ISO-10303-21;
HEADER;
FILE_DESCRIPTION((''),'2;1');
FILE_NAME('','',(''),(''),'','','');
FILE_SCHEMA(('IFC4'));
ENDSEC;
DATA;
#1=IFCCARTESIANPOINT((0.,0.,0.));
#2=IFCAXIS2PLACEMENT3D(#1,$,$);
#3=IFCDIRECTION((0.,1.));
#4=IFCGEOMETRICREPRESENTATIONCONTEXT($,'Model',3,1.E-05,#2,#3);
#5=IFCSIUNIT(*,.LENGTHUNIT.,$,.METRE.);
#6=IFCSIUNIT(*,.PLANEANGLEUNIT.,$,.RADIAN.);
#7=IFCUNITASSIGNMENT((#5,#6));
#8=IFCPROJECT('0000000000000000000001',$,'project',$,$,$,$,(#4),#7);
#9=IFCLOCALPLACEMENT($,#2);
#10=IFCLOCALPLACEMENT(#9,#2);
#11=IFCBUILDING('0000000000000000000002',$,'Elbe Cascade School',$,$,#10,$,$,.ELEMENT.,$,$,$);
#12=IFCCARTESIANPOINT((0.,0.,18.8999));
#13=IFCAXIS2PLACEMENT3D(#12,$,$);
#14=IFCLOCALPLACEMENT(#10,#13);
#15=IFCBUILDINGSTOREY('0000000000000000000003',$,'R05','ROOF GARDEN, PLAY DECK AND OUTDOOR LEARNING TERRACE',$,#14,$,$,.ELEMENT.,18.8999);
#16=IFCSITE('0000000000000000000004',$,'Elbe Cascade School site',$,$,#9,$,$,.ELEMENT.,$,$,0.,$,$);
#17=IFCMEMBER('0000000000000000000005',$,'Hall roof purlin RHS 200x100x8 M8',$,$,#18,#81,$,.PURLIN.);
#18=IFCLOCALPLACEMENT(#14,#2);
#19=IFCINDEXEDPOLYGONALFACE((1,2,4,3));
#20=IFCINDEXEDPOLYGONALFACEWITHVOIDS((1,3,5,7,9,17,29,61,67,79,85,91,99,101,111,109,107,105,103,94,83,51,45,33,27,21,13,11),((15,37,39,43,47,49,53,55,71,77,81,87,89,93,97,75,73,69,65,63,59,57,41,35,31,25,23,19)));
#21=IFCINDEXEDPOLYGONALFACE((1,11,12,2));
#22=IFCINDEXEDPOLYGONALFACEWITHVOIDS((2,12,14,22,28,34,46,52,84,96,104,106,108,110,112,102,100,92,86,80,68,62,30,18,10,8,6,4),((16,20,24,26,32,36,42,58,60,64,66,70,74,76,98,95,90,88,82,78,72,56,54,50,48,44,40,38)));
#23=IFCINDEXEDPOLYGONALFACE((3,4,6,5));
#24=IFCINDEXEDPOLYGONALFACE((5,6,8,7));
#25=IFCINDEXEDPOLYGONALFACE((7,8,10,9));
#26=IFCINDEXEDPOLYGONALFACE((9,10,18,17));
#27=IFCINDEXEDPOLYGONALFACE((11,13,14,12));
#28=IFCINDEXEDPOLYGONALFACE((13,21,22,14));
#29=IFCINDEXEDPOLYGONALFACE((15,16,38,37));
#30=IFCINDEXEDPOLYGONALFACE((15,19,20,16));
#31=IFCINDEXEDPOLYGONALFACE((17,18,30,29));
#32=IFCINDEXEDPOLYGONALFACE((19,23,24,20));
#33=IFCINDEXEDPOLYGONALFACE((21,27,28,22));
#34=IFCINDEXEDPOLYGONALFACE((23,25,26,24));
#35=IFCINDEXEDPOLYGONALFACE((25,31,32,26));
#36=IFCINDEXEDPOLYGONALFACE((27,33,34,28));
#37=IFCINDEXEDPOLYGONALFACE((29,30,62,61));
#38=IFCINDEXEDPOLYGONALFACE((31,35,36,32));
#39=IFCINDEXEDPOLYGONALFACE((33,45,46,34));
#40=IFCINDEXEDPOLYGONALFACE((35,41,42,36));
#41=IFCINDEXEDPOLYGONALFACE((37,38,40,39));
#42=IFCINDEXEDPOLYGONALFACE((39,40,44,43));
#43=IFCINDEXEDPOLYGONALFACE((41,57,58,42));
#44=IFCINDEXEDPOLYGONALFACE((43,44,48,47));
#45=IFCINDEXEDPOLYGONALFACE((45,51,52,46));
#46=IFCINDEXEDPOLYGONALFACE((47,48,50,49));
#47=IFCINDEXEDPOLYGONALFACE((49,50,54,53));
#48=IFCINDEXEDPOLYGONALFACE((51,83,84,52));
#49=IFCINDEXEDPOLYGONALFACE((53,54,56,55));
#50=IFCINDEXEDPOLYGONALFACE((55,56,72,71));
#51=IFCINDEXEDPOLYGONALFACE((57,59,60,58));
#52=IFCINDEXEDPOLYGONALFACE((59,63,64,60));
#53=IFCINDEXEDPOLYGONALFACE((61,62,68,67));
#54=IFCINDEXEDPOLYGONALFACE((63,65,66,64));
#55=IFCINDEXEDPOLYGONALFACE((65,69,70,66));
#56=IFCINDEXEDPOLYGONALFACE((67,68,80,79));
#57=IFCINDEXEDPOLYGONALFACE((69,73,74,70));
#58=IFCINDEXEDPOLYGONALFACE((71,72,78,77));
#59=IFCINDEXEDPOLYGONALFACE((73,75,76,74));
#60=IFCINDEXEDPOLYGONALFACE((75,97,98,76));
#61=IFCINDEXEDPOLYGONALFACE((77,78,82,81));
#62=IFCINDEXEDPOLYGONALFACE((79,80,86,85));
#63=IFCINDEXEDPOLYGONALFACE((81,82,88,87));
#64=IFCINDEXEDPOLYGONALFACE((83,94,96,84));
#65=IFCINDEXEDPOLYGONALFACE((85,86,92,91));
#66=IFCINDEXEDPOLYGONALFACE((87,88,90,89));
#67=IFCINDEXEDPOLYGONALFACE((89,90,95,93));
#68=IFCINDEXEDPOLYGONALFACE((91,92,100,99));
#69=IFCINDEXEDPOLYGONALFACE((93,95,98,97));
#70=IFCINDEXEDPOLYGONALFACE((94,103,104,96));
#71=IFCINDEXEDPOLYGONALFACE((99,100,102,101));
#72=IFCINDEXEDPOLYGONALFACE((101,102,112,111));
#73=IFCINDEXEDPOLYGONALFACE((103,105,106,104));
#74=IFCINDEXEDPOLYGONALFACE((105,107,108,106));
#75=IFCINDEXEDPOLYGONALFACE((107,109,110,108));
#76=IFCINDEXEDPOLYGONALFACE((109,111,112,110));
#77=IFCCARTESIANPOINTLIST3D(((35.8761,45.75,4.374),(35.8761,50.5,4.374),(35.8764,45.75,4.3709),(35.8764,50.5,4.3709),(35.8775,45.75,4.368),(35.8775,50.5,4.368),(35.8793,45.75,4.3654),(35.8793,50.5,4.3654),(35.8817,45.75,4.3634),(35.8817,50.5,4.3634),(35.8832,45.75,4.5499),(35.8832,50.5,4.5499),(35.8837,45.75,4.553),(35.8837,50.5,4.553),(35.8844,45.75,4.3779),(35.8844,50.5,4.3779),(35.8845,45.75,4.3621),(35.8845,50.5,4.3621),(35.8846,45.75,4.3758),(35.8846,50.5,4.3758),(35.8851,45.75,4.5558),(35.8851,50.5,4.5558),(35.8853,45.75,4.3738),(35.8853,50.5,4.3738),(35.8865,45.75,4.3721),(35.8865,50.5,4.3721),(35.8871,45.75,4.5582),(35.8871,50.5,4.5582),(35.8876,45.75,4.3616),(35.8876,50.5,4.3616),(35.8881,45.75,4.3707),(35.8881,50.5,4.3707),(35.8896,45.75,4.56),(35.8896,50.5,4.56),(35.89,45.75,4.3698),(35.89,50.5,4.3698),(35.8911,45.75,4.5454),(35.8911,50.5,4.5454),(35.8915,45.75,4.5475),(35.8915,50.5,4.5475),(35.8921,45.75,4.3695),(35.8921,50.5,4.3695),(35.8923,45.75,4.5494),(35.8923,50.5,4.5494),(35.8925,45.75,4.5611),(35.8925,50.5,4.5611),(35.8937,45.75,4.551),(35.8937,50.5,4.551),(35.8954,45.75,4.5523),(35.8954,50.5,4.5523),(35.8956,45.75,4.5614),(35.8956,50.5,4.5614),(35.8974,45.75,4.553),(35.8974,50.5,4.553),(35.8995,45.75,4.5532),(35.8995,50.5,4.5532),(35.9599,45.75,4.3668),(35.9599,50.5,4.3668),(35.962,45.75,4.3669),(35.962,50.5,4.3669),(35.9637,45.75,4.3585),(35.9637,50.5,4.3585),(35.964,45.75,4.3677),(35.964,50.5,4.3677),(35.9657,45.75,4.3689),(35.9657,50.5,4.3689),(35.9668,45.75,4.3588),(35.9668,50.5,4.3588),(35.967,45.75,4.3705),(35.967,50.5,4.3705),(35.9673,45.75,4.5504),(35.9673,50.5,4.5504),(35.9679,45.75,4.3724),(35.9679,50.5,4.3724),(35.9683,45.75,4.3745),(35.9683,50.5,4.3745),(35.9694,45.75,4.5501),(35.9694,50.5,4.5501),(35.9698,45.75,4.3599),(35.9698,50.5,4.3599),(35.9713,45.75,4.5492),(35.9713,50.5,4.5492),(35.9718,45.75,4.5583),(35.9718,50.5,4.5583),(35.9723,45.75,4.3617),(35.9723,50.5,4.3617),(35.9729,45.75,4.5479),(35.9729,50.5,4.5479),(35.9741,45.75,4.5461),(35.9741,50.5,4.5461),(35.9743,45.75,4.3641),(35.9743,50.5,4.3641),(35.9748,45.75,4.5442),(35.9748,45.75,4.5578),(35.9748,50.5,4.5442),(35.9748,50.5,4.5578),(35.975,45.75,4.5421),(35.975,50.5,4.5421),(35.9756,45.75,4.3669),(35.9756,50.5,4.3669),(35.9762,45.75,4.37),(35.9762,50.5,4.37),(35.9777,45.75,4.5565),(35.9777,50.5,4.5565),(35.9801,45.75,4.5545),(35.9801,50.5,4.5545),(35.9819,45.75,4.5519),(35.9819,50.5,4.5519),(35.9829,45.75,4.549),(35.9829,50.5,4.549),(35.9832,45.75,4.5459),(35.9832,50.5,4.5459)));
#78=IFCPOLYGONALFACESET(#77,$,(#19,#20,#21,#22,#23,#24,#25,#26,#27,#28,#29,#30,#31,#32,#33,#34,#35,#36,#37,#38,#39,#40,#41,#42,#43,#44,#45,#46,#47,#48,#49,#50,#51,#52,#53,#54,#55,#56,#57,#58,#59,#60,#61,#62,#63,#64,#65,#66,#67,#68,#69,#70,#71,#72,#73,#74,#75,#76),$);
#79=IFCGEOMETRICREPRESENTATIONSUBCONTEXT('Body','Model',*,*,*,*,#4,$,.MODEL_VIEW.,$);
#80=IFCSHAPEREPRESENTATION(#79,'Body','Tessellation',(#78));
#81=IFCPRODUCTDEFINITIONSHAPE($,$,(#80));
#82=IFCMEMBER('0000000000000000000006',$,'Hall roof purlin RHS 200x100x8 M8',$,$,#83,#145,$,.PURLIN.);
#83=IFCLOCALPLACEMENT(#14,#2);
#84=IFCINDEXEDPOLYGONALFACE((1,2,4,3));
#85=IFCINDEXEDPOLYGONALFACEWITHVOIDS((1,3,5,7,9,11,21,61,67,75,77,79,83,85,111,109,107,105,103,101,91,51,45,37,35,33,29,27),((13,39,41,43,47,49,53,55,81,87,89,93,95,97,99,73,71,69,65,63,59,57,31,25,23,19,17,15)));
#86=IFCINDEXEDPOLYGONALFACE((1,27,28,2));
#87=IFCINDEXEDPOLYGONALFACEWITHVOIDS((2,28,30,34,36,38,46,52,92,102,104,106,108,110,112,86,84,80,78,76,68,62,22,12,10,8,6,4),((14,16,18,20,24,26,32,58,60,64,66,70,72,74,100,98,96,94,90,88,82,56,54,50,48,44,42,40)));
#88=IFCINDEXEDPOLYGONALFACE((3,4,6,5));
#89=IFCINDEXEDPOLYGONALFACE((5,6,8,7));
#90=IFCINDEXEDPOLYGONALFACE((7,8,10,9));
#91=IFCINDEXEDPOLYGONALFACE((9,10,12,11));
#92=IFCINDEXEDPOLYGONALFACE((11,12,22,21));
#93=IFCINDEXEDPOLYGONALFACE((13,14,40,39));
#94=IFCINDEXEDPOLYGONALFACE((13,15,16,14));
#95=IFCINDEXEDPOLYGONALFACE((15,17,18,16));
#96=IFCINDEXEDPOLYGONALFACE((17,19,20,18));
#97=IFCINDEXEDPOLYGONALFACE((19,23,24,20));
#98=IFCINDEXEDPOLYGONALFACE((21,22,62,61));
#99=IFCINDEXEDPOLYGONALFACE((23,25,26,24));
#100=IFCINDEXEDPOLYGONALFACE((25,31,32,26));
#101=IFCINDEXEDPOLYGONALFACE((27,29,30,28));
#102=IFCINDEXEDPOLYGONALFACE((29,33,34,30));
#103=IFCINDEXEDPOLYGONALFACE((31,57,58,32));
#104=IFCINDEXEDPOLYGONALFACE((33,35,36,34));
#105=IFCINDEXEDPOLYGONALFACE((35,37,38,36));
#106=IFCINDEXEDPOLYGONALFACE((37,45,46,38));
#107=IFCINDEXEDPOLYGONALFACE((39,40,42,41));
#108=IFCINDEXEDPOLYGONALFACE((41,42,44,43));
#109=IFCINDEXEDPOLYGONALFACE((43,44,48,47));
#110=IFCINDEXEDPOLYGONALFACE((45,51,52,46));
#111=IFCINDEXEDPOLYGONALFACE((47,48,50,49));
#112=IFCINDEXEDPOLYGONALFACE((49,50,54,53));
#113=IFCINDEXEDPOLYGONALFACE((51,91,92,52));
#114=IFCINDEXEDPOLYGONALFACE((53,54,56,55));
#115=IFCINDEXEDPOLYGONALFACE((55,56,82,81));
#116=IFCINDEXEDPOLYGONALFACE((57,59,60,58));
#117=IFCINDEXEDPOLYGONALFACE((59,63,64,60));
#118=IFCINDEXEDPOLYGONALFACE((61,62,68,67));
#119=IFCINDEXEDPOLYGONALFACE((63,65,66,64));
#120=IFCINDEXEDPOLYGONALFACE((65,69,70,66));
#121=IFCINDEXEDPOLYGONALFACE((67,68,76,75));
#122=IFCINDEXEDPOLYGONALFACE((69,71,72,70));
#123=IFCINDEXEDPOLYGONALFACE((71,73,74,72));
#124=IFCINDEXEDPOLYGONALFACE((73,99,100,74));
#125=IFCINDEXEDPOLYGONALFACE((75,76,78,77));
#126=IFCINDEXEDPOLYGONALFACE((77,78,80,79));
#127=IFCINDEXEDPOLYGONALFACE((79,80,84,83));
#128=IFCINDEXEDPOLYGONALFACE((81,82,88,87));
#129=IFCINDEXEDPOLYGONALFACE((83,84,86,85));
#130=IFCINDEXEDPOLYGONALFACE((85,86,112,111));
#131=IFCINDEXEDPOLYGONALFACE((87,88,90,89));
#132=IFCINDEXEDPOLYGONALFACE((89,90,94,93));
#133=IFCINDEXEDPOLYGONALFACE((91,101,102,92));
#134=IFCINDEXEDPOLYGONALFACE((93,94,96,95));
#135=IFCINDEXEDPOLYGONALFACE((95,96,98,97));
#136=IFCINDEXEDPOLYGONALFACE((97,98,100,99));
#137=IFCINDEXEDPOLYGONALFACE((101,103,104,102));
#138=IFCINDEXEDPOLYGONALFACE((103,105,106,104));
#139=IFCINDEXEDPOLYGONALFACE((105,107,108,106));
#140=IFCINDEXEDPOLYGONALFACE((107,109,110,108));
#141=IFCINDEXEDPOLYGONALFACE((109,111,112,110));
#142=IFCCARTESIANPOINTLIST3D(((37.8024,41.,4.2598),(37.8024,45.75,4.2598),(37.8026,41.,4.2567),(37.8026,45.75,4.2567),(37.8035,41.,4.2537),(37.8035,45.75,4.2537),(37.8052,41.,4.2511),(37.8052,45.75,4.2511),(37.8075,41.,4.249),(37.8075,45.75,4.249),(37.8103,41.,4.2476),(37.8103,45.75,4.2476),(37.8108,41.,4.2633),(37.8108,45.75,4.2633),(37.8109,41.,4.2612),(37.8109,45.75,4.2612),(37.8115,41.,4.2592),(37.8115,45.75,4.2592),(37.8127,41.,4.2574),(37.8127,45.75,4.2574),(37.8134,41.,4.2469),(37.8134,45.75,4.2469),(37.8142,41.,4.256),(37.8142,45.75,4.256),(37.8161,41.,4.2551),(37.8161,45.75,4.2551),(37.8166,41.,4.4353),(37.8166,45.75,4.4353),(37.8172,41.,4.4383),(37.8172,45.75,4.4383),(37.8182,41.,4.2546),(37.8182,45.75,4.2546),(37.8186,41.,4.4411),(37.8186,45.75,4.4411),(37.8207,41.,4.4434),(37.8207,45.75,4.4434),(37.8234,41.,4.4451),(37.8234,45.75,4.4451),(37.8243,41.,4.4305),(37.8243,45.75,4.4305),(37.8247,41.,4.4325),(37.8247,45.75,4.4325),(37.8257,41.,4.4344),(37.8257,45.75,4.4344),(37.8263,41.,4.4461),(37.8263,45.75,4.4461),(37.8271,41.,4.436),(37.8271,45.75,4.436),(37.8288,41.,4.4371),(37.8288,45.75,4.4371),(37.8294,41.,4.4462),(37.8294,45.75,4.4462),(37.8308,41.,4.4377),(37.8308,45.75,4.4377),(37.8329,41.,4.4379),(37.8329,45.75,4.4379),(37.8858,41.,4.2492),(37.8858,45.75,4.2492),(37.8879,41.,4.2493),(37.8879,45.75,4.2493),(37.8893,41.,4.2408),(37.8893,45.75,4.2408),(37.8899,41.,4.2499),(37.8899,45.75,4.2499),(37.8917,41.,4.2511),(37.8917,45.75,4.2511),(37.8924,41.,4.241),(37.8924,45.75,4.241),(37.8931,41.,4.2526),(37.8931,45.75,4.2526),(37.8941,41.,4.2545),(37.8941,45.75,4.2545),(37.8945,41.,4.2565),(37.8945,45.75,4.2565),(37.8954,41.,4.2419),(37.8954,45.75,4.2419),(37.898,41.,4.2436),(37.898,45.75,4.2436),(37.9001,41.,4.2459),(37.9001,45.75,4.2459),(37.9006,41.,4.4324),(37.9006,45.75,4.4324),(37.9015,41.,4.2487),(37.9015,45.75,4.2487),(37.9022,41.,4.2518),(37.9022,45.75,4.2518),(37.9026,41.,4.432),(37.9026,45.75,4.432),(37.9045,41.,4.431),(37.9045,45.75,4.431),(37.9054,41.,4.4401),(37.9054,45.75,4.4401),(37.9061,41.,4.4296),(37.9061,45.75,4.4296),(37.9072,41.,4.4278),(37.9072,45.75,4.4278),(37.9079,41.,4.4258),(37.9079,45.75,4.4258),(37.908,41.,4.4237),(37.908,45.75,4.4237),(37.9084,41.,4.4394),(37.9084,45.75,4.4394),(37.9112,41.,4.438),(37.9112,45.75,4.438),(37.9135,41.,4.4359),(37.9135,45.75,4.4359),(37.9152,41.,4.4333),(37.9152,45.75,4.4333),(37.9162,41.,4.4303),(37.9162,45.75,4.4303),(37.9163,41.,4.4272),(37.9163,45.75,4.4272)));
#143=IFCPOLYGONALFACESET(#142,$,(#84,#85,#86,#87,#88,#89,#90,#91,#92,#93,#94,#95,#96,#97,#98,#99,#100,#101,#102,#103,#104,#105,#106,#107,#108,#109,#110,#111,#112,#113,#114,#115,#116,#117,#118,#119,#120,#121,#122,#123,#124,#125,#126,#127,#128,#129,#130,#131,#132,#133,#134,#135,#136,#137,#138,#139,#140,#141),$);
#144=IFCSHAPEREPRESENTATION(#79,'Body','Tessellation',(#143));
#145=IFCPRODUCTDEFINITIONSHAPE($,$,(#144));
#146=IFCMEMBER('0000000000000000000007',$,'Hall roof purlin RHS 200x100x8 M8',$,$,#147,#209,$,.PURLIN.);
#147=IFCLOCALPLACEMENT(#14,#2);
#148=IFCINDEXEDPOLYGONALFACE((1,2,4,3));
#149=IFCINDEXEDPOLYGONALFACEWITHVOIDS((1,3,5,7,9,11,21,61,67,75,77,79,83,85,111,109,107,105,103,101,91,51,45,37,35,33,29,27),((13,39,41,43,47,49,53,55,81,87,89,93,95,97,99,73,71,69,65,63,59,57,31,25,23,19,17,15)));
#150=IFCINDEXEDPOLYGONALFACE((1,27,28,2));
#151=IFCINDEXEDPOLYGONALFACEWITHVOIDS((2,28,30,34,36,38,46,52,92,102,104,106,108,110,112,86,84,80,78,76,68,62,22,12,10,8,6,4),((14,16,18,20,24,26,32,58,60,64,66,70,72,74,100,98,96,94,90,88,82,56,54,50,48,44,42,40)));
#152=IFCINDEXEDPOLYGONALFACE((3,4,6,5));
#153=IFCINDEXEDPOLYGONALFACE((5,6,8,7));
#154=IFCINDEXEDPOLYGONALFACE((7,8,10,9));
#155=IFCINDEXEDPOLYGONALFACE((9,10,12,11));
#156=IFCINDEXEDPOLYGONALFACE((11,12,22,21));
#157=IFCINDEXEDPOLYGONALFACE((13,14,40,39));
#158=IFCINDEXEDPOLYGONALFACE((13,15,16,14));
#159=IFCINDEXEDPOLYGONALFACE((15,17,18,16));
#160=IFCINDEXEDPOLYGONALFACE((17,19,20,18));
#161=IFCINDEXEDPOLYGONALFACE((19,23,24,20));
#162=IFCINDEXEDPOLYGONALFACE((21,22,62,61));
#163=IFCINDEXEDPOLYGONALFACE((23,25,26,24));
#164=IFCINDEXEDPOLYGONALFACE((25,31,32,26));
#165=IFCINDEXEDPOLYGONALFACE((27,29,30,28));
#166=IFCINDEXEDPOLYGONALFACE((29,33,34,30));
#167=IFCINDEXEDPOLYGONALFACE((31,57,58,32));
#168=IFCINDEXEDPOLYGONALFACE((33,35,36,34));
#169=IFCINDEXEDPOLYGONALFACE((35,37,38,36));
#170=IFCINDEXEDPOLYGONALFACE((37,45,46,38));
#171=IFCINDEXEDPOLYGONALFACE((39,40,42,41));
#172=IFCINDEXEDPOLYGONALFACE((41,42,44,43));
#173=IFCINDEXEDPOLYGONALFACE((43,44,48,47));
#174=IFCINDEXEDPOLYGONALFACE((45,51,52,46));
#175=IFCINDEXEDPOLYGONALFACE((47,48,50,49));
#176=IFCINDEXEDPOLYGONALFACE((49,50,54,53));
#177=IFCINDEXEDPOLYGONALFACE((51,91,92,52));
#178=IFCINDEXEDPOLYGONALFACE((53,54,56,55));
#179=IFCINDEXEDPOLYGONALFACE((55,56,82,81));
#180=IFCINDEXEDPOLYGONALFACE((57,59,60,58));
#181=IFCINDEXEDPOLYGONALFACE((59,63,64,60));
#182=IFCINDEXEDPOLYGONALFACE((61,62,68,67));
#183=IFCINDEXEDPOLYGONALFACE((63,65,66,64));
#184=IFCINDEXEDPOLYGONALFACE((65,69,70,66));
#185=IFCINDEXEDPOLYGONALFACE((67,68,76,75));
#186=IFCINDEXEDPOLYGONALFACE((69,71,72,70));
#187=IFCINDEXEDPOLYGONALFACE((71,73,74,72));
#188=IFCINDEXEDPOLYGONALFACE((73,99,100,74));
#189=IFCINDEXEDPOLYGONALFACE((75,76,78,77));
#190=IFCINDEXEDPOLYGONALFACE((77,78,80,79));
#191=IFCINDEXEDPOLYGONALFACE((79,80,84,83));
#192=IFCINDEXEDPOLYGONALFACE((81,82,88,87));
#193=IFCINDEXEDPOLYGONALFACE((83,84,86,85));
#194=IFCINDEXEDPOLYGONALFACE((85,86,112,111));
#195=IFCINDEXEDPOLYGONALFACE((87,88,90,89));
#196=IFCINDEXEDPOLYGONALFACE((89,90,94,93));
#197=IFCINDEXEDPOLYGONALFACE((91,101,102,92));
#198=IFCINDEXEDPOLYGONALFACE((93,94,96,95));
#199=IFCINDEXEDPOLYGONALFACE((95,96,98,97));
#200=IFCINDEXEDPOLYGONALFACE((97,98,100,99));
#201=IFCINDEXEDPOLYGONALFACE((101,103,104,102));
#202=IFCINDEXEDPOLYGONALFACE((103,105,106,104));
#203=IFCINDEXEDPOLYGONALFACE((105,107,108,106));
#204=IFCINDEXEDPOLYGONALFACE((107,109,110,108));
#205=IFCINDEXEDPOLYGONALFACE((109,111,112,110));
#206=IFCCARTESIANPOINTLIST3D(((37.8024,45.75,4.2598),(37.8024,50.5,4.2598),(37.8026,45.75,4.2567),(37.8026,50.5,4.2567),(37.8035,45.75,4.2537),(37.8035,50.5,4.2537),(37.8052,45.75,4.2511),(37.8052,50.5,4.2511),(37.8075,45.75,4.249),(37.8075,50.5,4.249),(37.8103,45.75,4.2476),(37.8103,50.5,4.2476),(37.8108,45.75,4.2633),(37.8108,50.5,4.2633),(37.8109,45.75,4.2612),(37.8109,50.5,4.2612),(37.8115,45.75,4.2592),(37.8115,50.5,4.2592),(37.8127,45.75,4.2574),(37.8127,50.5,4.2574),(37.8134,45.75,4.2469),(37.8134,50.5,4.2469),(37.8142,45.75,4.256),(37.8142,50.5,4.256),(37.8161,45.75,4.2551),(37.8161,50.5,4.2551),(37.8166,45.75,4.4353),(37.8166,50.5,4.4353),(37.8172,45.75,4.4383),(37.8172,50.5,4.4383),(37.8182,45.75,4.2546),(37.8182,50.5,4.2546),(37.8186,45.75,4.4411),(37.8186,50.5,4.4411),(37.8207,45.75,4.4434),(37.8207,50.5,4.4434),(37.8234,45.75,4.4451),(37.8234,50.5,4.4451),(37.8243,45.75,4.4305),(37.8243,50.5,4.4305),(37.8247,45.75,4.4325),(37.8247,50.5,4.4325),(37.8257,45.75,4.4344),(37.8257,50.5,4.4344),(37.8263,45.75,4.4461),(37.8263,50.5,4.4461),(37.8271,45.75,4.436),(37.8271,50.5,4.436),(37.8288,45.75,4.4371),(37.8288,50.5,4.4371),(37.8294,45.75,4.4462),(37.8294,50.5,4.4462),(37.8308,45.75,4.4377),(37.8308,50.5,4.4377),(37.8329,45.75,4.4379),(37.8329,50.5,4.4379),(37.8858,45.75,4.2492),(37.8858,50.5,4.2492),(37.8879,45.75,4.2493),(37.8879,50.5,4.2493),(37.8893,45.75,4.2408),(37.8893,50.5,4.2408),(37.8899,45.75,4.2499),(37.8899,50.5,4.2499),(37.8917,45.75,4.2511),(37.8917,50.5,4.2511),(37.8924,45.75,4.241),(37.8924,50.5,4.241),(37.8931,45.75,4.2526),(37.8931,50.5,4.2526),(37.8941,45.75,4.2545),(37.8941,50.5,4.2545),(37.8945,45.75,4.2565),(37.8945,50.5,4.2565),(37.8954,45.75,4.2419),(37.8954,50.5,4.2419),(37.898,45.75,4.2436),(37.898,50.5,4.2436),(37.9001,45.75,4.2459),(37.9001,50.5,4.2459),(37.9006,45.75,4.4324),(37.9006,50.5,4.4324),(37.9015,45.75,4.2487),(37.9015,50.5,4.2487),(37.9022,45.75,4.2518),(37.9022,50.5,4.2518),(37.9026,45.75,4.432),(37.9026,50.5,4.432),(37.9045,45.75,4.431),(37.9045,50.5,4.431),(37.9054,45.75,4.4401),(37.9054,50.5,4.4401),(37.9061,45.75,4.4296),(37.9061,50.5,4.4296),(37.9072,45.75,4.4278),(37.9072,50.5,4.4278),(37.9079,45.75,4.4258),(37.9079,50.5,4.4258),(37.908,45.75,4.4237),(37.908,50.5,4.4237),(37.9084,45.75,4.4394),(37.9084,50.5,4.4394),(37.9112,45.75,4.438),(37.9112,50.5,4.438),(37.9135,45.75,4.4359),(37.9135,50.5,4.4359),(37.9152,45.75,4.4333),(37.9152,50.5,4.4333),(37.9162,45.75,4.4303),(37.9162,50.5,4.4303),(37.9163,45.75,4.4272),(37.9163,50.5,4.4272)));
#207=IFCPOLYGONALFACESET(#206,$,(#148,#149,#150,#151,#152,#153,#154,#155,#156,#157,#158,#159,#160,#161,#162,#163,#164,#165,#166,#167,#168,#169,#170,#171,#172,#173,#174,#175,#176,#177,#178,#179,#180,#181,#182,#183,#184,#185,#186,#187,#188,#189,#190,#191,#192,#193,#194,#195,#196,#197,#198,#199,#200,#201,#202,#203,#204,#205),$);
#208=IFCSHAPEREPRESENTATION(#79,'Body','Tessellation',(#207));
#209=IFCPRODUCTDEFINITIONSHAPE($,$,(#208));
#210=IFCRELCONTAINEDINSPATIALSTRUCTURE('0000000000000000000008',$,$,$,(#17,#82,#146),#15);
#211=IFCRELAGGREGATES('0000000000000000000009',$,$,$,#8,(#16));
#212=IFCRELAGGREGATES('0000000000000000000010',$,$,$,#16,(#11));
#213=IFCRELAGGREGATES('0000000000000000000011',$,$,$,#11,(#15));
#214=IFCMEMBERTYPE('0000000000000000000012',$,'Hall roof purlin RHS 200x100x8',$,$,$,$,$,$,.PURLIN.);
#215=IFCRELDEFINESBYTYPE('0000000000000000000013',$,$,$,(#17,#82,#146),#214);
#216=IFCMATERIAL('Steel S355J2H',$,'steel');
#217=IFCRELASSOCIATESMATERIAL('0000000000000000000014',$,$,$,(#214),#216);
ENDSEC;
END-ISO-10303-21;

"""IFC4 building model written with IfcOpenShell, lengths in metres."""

from ifc_helpers import new_model, si_unit, direction, frame, origin, origin_2d, place, context, subcontext, project, spatial, hollow_rectangle, extrude, material, material_profile, profile_set, type_object, element, save


model = new_model("IFC4")

# Units and contexts
model_context = context("Model", 3, precision=1e-05, world=origin(), true_north=direction((0.0, 1.0)))
body_context = subcontext(model_context, "Body", "Model", "MODEL_VIEW")
ifc_project = project(units=[si_unit("LENGTHUNIT", "METRE"), si_unit("PLANEANGLEUNIT", "RADIAN")], contexts=[model_context])

# Site, building, storey
site_placement = place(None, origin())
site = spatial("IfcSite", under=ifc_project, at=site_placement, Name="Elbe Cascade School site", CompositionType="ELEMENT", RefElevation=0.0)
building_placement = place(site_placement, origin())
building = spatial("IfcBuilding", under=site, at=building_placement, Name="Elbe Cascade School", CompositionType="ELEMENT")
storey_placement = place(building_placement, frame((0.0, 0.0, 18.8999)))
storey = spatial("IfcBuildingStorey", under=building, at=storey_placement, Name="R05", Description="ROOF GARDEN, PLAY DECK AND OUTDOOR LEARNING TERRACE", CompositionType="ELEMENT", Elevation=18.8999)

# Members
ifc_material_1 = material(Name="Steel S355J2H", Category="steel")
ifc_material_profile_1 = material_profile(ifc_material_1, hollow_rectangle(XDim=0.1001, YDim=0.2, WallThickness=0.0081, InnerFilletRadius=0.0081, OuterFilletRadius=0.012, at=origin_2d()), Name="RHS 200x100x8")
ifc_profile_set_1 = profile_set([ifc_material_profile_1], Name="Steel S355J2H")
member_type_1 = type_object("IfcMemberType", Name="Hall roof purlin RHS 200x100x8", PredefinedType="PURLIN", material=ifc_profile_set_1)
for number, where, z_axis, x_axis, name in (
    (1, (35.9297, 45.75, 4.46), (0.0, 1.0, 0.0), (-0.999193, 0.0, 0.040154), "Hall roof purlin RHS 200x100x8 M8"),
    (2, (37.8594, 41.0, 4.3435), (0.0, 1.0, 0.0), (-0.99677, 0.0, 0.080309), "Hall roof purlin RHS 200x100x8 M8"),
    (3, (37.8594, 45.75, 4.3435), (0.0, 1.0, 0.0), (-0.99677, 0.0, 0.080309), "Hall roof purlin RHS 200x100x8 M8"),
):
    element("IfcMember", number, at=place(storey_placement, frame(where, z_axis=z_axis, x_axis=x_axis)), inside=storey, type_object=member_type_1, Name=name, PredefinedType="PURLIN", context=body_context, shape_type="SweptSolid", body=[
        extrude(hollow_rectangle(XDim=0.1001, YDim=0.2, WallThickness=0.0081, InnerFilletRadius=0.0081, OuterFilletRadius=0.012, at=origin_2d()), origin(), (0.0, 0.0, 1.0), 4.75),
    ])

save(model, "model.ifc")
